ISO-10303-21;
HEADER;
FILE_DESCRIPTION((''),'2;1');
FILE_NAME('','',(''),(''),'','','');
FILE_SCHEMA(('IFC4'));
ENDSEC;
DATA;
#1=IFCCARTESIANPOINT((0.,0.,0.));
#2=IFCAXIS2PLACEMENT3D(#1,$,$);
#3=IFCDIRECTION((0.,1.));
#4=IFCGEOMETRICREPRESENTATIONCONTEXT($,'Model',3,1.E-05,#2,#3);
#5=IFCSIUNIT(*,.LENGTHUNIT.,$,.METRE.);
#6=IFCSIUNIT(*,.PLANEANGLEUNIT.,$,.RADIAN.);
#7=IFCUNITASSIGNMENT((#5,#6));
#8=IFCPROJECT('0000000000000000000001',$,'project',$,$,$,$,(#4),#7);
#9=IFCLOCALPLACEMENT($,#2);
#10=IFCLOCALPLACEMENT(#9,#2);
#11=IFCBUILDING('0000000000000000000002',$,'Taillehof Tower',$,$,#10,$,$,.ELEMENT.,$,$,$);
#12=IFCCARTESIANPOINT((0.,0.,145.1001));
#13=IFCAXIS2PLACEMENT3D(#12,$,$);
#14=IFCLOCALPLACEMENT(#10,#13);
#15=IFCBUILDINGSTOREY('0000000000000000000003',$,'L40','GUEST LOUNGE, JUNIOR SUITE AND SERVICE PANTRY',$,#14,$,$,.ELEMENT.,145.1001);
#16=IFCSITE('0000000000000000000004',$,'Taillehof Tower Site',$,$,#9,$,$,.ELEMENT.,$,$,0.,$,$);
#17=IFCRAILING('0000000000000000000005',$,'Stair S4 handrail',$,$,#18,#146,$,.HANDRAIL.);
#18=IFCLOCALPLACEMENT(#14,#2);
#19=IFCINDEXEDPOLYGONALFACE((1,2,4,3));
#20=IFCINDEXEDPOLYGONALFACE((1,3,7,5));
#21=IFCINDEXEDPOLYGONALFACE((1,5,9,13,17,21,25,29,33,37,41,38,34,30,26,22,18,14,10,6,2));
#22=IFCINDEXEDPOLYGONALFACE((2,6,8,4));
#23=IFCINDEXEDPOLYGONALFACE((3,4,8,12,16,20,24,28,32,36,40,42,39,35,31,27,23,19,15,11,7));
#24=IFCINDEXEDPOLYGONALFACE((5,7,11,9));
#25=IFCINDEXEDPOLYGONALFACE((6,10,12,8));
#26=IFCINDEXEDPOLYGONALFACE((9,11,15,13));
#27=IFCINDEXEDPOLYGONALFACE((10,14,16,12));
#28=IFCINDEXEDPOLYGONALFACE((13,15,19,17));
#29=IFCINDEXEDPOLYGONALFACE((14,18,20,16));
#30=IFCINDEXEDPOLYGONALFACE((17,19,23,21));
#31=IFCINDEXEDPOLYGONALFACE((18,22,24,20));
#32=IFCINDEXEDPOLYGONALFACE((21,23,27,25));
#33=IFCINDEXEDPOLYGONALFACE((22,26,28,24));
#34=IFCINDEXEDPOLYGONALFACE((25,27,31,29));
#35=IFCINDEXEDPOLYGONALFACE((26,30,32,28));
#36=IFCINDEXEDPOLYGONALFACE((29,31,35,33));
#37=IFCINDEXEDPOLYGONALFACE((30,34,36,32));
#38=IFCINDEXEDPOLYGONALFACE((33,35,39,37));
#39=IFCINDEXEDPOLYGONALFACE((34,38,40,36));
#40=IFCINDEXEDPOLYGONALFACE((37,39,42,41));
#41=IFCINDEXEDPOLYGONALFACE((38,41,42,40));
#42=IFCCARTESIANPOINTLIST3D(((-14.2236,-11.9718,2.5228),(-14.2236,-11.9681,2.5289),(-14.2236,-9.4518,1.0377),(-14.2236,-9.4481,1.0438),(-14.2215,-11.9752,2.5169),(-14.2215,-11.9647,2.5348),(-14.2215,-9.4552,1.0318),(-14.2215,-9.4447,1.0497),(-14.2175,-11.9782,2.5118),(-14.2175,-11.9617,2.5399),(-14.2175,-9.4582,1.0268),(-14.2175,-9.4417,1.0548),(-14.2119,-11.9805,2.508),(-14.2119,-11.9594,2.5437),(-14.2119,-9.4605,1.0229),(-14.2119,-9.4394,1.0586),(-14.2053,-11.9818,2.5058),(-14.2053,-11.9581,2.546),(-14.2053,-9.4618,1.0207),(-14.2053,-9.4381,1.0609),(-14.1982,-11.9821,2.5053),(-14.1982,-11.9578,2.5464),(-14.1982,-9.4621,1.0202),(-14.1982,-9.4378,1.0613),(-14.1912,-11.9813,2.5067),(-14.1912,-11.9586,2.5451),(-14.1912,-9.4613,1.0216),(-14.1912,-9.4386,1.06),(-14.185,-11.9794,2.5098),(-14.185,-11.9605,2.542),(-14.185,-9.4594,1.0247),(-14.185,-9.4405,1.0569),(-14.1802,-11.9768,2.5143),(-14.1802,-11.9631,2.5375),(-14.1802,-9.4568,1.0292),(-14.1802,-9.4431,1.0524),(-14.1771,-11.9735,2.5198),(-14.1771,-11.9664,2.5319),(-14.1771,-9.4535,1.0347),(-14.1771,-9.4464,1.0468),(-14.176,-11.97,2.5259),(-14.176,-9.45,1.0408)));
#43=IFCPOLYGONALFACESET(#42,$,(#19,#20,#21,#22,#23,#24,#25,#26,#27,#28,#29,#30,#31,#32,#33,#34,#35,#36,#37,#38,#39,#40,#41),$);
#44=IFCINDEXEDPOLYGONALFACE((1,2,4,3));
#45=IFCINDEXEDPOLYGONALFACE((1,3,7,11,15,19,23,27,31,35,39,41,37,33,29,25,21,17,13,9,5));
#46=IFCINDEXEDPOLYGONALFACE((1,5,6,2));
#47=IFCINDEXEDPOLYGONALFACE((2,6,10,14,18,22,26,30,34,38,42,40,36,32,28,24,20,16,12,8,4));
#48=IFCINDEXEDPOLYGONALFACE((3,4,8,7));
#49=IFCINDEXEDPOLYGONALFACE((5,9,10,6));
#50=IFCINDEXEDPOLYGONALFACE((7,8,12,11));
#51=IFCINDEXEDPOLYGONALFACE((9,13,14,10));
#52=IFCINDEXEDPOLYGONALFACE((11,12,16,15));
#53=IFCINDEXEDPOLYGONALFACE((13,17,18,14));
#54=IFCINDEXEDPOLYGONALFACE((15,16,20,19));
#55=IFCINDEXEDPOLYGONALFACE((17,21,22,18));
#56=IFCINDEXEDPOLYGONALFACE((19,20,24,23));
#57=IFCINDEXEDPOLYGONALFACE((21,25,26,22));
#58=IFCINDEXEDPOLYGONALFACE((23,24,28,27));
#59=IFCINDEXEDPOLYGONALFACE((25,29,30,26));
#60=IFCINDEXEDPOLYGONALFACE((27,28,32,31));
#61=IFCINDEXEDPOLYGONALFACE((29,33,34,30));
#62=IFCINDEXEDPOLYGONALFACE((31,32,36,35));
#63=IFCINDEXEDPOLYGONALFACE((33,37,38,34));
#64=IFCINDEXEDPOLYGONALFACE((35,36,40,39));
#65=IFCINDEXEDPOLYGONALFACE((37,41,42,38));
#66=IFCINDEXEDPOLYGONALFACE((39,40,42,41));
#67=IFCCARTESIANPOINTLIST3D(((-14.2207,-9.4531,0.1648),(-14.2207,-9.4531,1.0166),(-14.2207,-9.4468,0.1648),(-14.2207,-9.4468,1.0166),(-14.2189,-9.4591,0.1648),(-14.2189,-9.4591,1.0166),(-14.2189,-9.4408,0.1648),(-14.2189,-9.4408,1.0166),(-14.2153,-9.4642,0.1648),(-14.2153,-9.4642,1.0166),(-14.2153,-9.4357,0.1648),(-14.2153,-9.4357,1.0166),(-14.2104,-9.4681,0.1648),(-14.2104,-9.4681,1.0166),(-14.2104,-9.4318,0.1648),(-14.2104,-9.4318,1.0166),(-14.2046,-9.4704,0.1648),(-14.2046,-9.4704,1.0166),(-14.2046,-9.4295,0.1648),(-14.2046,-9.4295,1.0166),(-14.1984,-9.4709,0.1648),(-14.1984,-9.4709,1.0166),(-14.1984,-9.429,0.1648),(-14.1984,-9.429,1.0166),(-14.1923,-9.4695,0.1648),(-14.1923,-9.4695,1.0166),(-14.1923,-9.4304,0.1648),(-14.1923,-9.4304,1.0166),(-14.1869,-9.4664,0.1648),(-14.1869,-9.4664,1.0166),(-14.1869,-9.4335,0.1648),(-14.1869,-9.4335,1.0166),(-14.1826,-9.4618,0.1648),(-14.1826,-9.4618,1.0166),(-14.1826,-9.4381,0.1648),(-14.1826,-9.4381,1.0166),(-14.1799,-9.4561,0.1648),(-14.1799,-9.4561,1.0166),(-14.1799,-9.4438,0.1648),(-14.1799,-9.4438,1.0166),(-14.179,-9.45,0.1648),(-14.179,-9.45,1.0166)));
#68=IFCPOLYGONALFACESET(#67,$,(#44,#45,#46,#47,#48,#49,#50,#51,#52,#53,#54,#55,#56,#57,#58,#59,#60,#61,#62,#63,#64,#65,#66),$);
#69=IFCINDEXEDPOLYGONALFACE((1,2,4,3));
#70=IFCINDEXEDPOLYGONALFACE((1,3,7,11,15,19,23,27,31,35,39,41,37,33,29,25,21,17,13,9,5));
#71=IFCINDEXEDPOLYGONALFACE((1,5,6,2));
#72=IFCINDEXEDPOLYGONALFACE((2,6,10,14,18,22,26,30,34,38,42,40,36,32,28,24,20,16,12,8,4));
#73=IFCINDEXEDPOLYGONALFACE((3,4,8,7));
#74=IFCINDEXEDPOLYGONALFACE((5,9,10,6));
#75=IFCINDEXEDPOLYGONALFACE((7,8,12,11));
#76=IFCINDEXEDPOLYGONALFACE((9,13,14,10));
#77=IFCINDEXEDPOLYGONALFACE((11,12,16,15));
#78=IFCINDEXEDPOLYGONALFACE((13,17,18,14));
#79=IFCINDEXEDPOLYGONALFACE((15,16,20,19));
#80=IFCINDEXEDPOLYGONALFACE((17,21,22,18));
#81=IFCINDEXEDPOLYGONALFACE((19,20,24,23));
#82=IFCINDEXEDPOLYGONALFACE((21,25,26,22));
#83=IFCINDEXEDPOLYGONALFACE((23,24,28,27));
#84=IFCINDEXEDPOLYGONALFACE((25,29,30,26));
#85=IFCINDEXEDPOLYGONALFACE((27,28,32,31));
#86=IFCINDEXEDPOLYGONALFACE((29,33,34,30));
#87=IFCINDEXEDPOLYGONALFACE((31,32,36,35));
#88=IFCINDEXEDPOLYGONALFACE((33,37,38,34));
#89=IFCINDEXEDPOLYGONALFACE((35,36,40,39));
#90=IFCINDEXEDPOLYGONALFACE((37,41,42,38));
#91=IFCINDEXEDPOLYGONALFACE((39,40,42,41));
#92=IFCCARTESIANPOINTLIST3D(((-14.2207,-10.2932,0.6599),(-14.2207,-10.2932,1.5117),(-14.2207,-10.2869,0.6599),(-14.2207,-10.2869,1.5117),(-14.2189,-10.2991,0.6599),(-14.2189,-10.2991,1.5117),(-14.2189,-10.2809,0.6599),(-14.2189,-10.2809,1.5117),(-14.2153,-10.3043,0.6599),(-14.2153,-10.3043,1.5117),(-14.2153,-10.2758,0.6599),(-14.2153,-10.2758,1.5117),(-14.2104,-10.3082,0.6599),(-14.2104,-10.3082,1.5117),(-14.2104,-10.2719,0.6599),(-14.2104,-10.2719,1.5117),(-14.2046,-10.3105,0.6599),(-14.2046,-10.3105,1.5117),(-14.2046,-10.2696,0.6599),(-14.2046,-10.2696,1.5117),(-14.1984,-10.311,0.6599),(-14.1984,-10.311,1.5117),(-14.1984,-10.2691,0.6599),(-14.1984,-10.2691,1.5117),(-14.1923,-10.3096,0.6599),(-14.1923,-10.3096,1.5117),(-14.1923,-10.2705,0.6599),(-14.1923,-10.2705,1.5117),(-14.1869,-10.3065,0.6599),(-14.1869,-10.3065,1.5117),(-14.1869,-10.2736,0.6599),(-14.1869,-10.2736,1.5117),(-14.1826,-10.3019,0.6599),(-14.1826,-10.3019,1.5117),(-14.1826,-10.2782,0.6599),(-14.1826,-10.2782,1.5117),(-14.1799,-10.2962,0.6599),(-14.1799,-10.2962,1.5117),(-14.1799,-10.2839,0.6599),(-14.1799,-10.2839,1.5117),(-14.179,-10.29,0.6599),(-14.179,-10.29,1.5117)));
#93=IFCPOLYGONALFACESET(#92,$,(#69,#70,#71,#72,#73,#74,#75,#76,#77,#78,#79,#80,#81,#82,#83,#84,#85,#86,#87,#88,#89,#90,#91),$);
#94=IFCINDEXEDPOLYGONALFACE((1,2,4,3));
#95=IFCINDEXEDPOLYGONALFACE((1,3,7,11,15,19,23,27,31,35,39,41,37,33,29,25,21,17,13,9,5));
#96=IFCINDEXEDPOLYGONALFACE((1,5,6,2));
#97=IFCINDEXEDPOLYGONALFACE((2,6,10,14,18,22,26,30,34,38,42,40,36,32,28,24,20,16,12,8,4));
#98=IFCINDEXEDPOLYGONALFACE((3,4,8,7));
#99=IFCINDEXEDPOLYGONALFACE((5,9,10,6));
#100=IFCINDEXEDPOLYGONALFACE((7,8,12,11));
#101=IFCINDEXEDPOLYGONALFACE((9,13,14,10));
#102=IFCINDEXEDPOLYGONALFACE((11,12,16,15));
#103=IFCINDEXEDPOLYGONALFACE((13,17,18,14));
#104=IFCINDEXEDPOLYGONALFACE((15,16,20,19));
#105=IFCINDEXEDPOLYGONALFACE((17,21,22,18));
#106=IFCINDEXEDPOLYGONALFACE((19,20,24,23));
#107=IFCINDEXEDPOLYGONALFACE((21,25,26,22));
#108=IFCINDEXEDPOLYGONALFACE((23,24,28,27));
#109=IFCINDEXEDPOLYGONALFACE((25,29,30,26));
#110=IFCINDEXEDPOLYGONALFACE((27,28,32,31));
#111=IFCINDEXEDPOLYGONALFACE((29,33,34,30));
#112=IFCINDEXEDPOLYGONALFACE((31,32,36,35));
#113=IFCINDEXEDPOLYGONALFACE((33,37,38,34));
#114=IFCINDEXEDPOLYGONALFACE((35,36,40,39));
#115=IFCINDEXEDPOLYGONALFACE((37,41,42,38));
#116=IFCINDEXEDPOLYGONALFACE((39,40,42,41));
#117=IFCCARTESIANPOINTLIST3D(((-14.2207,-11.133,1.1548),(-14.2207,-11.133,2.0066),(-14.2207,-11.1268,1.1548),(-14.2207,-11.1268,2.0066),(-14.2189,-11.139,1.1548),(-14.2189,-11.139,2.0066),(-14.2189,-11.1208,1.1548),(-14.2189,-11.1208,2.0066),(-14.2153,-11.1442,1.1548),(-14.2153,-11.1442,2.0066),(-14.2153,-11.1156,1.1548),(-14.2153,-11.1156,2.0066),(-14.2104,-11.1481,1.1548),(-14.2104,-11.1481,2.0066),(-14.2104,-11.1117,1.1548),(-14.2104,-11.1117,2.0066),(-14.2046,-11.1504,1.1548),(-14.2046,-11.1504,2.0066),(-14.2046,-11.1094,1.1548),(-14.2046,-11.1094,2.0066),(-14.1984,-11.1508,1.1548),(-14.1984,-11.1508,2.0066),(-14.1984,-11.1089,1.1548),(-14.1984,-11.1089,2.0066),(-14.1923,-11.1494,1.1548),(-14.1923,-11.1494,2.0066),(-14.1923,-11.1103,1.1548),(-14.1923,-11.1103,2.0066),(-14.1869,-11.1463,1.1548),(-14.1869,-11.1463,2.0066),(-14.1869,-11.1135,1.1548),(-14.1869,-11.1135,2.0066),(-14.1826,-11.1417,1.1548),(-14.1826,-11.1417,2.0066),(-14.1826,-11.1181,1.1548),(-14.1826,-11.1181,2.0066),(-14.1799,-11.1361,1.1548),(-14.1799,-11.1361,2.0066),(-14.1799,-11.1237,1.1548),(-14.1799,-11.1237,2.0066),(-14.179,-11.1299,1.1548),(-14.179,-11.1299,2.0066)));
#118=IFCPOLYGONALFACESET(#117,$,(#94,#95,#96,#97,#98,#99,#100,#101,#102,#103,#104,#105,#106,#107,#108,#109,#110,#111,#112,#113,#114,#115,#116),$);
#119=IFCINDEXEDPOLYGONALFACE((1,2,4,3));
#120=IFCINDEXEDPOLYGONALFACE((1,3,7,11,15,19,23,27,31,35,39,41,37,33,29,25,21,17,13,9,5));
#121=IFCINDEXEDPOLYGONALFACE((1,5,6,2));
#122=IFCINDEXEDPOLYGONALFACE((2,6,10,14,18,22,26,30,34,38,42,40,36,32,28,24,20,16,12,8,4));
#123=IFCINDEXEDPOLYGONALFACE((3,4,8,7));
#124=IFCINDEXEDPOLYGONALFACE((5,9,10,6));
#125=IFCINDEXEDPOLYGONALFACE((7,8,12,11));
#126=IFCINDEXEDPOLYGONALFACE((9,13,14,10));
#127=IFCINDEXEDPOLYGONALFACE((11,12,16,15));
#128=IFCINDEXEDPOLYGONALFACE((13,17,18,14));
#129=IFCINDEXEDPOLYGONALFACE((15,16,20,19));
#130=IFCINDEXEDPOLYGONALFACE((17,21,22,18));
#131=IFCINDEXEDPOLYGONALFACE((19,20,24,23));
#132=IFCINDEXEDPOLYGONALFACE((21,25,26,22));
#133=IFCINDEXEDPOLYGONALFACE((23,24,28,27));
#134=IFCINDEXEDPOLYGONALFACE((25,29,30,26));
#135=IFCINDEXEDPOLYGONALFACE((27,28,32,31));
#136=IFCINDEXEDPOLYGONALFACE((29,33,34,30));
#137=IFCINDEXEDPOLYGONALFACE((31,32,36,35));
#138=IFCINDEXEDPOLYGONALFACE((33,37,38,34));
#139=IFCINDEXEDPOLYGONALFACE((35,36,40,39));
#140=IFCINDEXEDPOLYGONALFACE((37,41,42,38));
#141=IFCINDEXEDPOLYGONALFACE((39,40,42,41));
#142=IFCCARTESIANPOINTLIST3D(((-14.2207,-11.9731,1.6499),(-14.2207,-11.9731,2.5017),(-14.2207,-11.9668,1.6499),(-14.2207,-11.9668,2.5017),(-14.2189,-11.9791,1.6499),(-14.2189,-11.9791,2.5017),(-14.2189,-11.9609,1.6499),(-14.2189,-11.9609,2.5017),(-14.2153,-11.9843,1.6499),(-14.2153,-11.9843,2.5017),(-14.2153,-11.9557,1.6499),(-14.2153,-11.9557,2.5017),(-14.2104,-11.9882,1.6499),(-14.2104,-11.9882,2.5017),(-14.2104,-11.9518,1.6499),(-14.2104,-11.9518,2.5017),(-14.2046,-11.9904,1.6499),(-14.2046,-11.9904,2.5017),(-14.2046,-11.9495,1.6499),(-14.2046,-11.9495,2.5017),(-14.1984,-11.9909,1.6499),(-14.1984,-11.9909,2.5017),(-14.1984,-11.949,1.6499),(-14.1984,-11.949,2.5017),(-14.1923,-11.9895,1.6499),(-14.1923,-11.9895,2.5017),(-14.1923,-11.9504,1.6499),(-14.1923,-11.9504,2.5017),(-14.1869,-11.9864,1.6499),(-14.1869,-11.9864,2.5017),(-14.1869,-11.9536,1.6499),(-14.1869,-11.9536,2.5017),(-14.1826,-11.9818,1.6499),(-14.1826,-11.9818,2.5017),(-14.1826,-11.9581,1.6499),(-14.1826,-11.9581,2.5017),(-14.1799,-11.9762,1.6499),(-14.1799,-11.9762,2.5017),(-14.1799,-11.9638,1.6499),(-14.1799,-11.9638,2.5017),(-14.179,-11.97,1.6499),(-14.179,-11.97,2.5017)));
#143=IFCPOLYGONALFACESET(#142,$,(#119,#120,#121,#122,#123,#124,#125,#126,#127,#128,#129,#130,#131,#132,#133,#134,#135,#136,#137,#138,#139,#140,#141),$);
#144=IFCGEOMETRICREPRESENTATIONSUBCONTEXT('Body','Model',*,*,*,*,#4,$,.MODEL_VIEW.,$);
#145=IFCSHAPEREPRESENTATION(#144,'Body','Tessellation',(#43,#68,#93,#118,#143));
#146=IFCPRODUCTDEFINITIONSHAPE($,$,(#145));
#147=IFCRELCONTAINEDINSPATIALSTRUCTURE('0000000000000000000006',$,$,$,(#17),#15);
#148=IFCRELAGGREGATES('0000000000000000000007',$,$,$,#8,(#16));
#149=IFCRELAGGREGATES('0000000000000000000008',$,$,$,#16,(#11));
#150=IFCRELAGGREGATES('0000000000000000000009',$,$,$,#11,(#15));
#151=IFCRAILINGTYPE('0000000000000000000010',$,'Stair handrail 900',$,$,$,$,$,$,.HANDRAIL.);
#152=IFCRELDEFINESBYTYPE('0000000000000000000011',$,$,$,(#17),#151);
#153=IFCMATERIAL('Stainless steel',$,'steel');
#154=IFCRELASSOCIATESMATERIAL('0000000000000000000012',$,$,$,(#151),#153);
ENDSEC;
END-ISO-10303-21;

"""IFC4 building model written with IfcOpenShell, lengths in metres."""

from ifc_helpers import new_model, si_unit, direction, frame, origin, origin_2d, place, context, subcontext, project, spatial, circle, extrude, material, type_object, element, save


model = new_model("IFC4")

# Units and contexts
model_context = context("Model", 3, precision=1e-05, world=origin(), true_north=direction((0.0, 1.0)))
body_context = subcontext(model_context, "Body", "Model", "MODEL_VIEW")
ifc_project = project(units=[si_unit("LENGTHUNIT", "METRE"), si_unit("PLANEANGLEUNIT", "RADIAN")], contexts=[model_context])

# Site, building, storey
site_placement = place(None, origin())
site = spatial("IfcSite", under=ifc_project, at=site_placement, Name="Taillehof Tower Site", CompositionType="ELEMENT", RefElevation=0.0)
building_placement = place(site_placement, origin())
building = spatial("IfcBuilding", under=site, at=building_placement, Name="Taillehof Tower", CompositionType="ELEMENT")
storey_placement = place(building_placement, frame((0.0, 0.0, 145.1001)))
storey = spatial("IfcBuildingStorey", under=building, at=storey_placement, Name="L40", Description="GUEST LOUNGE, JUNIOR SUITE AND SERVICE PANTRY", CompositionType="ELEMENT", Elevation=145.1001)

# Railing
ifc_material_1 = material(Name="Stainless steel", Category="steel")
railing_type = type_object("IfcRailingType", Name="Stair handrail 900", PredefinedType="HANDRAIL", material=ifc_material_1)
railing_placement = place(storey_placement, frame((-14.2, -9.45, 0.1648)))
element("IfcRailing", 1, at=railing_placement, inside=storey, type_object=railing_type, Name="Stair S4 handrail", PredefinedType="HANDRAIL", context=body_context, shape_type="SweptSolid", body=[
    extrude(circle(Radius=0.0239, at=origin_2d()), frame((0.0, 0.0, 0.876), z_axis=(0.0, -0.861524, 0.507717), x_axis=(1.0, 0.0, 0.0)), (0.0, 0.0, 1.0), 2.925),
    extrude(circle(Radius=0.021, at=origin_2d()), origin(), (0.0, 0.0, 1.0), 0.8518),
    extrude(circle(Radius=0.021, at=origin_2d()), frame((0.0, -0.8401, 0.4951)), (0.0, 0.0, 1.0), 0.8518),
    extrude(circle(Radius=0.021, at=origin_2d()), frame((0.0, -1.6799, 0.99)), (0.0, 0.0, 1.0), 0.8518),
    extrude(circle(Radius=0.021, at=origin_2d()), frame((0.0, -2.52, 1.4851)), (0.0, 0.0, 1.0), 0.8518),
])

save(model, "model.ifc")
